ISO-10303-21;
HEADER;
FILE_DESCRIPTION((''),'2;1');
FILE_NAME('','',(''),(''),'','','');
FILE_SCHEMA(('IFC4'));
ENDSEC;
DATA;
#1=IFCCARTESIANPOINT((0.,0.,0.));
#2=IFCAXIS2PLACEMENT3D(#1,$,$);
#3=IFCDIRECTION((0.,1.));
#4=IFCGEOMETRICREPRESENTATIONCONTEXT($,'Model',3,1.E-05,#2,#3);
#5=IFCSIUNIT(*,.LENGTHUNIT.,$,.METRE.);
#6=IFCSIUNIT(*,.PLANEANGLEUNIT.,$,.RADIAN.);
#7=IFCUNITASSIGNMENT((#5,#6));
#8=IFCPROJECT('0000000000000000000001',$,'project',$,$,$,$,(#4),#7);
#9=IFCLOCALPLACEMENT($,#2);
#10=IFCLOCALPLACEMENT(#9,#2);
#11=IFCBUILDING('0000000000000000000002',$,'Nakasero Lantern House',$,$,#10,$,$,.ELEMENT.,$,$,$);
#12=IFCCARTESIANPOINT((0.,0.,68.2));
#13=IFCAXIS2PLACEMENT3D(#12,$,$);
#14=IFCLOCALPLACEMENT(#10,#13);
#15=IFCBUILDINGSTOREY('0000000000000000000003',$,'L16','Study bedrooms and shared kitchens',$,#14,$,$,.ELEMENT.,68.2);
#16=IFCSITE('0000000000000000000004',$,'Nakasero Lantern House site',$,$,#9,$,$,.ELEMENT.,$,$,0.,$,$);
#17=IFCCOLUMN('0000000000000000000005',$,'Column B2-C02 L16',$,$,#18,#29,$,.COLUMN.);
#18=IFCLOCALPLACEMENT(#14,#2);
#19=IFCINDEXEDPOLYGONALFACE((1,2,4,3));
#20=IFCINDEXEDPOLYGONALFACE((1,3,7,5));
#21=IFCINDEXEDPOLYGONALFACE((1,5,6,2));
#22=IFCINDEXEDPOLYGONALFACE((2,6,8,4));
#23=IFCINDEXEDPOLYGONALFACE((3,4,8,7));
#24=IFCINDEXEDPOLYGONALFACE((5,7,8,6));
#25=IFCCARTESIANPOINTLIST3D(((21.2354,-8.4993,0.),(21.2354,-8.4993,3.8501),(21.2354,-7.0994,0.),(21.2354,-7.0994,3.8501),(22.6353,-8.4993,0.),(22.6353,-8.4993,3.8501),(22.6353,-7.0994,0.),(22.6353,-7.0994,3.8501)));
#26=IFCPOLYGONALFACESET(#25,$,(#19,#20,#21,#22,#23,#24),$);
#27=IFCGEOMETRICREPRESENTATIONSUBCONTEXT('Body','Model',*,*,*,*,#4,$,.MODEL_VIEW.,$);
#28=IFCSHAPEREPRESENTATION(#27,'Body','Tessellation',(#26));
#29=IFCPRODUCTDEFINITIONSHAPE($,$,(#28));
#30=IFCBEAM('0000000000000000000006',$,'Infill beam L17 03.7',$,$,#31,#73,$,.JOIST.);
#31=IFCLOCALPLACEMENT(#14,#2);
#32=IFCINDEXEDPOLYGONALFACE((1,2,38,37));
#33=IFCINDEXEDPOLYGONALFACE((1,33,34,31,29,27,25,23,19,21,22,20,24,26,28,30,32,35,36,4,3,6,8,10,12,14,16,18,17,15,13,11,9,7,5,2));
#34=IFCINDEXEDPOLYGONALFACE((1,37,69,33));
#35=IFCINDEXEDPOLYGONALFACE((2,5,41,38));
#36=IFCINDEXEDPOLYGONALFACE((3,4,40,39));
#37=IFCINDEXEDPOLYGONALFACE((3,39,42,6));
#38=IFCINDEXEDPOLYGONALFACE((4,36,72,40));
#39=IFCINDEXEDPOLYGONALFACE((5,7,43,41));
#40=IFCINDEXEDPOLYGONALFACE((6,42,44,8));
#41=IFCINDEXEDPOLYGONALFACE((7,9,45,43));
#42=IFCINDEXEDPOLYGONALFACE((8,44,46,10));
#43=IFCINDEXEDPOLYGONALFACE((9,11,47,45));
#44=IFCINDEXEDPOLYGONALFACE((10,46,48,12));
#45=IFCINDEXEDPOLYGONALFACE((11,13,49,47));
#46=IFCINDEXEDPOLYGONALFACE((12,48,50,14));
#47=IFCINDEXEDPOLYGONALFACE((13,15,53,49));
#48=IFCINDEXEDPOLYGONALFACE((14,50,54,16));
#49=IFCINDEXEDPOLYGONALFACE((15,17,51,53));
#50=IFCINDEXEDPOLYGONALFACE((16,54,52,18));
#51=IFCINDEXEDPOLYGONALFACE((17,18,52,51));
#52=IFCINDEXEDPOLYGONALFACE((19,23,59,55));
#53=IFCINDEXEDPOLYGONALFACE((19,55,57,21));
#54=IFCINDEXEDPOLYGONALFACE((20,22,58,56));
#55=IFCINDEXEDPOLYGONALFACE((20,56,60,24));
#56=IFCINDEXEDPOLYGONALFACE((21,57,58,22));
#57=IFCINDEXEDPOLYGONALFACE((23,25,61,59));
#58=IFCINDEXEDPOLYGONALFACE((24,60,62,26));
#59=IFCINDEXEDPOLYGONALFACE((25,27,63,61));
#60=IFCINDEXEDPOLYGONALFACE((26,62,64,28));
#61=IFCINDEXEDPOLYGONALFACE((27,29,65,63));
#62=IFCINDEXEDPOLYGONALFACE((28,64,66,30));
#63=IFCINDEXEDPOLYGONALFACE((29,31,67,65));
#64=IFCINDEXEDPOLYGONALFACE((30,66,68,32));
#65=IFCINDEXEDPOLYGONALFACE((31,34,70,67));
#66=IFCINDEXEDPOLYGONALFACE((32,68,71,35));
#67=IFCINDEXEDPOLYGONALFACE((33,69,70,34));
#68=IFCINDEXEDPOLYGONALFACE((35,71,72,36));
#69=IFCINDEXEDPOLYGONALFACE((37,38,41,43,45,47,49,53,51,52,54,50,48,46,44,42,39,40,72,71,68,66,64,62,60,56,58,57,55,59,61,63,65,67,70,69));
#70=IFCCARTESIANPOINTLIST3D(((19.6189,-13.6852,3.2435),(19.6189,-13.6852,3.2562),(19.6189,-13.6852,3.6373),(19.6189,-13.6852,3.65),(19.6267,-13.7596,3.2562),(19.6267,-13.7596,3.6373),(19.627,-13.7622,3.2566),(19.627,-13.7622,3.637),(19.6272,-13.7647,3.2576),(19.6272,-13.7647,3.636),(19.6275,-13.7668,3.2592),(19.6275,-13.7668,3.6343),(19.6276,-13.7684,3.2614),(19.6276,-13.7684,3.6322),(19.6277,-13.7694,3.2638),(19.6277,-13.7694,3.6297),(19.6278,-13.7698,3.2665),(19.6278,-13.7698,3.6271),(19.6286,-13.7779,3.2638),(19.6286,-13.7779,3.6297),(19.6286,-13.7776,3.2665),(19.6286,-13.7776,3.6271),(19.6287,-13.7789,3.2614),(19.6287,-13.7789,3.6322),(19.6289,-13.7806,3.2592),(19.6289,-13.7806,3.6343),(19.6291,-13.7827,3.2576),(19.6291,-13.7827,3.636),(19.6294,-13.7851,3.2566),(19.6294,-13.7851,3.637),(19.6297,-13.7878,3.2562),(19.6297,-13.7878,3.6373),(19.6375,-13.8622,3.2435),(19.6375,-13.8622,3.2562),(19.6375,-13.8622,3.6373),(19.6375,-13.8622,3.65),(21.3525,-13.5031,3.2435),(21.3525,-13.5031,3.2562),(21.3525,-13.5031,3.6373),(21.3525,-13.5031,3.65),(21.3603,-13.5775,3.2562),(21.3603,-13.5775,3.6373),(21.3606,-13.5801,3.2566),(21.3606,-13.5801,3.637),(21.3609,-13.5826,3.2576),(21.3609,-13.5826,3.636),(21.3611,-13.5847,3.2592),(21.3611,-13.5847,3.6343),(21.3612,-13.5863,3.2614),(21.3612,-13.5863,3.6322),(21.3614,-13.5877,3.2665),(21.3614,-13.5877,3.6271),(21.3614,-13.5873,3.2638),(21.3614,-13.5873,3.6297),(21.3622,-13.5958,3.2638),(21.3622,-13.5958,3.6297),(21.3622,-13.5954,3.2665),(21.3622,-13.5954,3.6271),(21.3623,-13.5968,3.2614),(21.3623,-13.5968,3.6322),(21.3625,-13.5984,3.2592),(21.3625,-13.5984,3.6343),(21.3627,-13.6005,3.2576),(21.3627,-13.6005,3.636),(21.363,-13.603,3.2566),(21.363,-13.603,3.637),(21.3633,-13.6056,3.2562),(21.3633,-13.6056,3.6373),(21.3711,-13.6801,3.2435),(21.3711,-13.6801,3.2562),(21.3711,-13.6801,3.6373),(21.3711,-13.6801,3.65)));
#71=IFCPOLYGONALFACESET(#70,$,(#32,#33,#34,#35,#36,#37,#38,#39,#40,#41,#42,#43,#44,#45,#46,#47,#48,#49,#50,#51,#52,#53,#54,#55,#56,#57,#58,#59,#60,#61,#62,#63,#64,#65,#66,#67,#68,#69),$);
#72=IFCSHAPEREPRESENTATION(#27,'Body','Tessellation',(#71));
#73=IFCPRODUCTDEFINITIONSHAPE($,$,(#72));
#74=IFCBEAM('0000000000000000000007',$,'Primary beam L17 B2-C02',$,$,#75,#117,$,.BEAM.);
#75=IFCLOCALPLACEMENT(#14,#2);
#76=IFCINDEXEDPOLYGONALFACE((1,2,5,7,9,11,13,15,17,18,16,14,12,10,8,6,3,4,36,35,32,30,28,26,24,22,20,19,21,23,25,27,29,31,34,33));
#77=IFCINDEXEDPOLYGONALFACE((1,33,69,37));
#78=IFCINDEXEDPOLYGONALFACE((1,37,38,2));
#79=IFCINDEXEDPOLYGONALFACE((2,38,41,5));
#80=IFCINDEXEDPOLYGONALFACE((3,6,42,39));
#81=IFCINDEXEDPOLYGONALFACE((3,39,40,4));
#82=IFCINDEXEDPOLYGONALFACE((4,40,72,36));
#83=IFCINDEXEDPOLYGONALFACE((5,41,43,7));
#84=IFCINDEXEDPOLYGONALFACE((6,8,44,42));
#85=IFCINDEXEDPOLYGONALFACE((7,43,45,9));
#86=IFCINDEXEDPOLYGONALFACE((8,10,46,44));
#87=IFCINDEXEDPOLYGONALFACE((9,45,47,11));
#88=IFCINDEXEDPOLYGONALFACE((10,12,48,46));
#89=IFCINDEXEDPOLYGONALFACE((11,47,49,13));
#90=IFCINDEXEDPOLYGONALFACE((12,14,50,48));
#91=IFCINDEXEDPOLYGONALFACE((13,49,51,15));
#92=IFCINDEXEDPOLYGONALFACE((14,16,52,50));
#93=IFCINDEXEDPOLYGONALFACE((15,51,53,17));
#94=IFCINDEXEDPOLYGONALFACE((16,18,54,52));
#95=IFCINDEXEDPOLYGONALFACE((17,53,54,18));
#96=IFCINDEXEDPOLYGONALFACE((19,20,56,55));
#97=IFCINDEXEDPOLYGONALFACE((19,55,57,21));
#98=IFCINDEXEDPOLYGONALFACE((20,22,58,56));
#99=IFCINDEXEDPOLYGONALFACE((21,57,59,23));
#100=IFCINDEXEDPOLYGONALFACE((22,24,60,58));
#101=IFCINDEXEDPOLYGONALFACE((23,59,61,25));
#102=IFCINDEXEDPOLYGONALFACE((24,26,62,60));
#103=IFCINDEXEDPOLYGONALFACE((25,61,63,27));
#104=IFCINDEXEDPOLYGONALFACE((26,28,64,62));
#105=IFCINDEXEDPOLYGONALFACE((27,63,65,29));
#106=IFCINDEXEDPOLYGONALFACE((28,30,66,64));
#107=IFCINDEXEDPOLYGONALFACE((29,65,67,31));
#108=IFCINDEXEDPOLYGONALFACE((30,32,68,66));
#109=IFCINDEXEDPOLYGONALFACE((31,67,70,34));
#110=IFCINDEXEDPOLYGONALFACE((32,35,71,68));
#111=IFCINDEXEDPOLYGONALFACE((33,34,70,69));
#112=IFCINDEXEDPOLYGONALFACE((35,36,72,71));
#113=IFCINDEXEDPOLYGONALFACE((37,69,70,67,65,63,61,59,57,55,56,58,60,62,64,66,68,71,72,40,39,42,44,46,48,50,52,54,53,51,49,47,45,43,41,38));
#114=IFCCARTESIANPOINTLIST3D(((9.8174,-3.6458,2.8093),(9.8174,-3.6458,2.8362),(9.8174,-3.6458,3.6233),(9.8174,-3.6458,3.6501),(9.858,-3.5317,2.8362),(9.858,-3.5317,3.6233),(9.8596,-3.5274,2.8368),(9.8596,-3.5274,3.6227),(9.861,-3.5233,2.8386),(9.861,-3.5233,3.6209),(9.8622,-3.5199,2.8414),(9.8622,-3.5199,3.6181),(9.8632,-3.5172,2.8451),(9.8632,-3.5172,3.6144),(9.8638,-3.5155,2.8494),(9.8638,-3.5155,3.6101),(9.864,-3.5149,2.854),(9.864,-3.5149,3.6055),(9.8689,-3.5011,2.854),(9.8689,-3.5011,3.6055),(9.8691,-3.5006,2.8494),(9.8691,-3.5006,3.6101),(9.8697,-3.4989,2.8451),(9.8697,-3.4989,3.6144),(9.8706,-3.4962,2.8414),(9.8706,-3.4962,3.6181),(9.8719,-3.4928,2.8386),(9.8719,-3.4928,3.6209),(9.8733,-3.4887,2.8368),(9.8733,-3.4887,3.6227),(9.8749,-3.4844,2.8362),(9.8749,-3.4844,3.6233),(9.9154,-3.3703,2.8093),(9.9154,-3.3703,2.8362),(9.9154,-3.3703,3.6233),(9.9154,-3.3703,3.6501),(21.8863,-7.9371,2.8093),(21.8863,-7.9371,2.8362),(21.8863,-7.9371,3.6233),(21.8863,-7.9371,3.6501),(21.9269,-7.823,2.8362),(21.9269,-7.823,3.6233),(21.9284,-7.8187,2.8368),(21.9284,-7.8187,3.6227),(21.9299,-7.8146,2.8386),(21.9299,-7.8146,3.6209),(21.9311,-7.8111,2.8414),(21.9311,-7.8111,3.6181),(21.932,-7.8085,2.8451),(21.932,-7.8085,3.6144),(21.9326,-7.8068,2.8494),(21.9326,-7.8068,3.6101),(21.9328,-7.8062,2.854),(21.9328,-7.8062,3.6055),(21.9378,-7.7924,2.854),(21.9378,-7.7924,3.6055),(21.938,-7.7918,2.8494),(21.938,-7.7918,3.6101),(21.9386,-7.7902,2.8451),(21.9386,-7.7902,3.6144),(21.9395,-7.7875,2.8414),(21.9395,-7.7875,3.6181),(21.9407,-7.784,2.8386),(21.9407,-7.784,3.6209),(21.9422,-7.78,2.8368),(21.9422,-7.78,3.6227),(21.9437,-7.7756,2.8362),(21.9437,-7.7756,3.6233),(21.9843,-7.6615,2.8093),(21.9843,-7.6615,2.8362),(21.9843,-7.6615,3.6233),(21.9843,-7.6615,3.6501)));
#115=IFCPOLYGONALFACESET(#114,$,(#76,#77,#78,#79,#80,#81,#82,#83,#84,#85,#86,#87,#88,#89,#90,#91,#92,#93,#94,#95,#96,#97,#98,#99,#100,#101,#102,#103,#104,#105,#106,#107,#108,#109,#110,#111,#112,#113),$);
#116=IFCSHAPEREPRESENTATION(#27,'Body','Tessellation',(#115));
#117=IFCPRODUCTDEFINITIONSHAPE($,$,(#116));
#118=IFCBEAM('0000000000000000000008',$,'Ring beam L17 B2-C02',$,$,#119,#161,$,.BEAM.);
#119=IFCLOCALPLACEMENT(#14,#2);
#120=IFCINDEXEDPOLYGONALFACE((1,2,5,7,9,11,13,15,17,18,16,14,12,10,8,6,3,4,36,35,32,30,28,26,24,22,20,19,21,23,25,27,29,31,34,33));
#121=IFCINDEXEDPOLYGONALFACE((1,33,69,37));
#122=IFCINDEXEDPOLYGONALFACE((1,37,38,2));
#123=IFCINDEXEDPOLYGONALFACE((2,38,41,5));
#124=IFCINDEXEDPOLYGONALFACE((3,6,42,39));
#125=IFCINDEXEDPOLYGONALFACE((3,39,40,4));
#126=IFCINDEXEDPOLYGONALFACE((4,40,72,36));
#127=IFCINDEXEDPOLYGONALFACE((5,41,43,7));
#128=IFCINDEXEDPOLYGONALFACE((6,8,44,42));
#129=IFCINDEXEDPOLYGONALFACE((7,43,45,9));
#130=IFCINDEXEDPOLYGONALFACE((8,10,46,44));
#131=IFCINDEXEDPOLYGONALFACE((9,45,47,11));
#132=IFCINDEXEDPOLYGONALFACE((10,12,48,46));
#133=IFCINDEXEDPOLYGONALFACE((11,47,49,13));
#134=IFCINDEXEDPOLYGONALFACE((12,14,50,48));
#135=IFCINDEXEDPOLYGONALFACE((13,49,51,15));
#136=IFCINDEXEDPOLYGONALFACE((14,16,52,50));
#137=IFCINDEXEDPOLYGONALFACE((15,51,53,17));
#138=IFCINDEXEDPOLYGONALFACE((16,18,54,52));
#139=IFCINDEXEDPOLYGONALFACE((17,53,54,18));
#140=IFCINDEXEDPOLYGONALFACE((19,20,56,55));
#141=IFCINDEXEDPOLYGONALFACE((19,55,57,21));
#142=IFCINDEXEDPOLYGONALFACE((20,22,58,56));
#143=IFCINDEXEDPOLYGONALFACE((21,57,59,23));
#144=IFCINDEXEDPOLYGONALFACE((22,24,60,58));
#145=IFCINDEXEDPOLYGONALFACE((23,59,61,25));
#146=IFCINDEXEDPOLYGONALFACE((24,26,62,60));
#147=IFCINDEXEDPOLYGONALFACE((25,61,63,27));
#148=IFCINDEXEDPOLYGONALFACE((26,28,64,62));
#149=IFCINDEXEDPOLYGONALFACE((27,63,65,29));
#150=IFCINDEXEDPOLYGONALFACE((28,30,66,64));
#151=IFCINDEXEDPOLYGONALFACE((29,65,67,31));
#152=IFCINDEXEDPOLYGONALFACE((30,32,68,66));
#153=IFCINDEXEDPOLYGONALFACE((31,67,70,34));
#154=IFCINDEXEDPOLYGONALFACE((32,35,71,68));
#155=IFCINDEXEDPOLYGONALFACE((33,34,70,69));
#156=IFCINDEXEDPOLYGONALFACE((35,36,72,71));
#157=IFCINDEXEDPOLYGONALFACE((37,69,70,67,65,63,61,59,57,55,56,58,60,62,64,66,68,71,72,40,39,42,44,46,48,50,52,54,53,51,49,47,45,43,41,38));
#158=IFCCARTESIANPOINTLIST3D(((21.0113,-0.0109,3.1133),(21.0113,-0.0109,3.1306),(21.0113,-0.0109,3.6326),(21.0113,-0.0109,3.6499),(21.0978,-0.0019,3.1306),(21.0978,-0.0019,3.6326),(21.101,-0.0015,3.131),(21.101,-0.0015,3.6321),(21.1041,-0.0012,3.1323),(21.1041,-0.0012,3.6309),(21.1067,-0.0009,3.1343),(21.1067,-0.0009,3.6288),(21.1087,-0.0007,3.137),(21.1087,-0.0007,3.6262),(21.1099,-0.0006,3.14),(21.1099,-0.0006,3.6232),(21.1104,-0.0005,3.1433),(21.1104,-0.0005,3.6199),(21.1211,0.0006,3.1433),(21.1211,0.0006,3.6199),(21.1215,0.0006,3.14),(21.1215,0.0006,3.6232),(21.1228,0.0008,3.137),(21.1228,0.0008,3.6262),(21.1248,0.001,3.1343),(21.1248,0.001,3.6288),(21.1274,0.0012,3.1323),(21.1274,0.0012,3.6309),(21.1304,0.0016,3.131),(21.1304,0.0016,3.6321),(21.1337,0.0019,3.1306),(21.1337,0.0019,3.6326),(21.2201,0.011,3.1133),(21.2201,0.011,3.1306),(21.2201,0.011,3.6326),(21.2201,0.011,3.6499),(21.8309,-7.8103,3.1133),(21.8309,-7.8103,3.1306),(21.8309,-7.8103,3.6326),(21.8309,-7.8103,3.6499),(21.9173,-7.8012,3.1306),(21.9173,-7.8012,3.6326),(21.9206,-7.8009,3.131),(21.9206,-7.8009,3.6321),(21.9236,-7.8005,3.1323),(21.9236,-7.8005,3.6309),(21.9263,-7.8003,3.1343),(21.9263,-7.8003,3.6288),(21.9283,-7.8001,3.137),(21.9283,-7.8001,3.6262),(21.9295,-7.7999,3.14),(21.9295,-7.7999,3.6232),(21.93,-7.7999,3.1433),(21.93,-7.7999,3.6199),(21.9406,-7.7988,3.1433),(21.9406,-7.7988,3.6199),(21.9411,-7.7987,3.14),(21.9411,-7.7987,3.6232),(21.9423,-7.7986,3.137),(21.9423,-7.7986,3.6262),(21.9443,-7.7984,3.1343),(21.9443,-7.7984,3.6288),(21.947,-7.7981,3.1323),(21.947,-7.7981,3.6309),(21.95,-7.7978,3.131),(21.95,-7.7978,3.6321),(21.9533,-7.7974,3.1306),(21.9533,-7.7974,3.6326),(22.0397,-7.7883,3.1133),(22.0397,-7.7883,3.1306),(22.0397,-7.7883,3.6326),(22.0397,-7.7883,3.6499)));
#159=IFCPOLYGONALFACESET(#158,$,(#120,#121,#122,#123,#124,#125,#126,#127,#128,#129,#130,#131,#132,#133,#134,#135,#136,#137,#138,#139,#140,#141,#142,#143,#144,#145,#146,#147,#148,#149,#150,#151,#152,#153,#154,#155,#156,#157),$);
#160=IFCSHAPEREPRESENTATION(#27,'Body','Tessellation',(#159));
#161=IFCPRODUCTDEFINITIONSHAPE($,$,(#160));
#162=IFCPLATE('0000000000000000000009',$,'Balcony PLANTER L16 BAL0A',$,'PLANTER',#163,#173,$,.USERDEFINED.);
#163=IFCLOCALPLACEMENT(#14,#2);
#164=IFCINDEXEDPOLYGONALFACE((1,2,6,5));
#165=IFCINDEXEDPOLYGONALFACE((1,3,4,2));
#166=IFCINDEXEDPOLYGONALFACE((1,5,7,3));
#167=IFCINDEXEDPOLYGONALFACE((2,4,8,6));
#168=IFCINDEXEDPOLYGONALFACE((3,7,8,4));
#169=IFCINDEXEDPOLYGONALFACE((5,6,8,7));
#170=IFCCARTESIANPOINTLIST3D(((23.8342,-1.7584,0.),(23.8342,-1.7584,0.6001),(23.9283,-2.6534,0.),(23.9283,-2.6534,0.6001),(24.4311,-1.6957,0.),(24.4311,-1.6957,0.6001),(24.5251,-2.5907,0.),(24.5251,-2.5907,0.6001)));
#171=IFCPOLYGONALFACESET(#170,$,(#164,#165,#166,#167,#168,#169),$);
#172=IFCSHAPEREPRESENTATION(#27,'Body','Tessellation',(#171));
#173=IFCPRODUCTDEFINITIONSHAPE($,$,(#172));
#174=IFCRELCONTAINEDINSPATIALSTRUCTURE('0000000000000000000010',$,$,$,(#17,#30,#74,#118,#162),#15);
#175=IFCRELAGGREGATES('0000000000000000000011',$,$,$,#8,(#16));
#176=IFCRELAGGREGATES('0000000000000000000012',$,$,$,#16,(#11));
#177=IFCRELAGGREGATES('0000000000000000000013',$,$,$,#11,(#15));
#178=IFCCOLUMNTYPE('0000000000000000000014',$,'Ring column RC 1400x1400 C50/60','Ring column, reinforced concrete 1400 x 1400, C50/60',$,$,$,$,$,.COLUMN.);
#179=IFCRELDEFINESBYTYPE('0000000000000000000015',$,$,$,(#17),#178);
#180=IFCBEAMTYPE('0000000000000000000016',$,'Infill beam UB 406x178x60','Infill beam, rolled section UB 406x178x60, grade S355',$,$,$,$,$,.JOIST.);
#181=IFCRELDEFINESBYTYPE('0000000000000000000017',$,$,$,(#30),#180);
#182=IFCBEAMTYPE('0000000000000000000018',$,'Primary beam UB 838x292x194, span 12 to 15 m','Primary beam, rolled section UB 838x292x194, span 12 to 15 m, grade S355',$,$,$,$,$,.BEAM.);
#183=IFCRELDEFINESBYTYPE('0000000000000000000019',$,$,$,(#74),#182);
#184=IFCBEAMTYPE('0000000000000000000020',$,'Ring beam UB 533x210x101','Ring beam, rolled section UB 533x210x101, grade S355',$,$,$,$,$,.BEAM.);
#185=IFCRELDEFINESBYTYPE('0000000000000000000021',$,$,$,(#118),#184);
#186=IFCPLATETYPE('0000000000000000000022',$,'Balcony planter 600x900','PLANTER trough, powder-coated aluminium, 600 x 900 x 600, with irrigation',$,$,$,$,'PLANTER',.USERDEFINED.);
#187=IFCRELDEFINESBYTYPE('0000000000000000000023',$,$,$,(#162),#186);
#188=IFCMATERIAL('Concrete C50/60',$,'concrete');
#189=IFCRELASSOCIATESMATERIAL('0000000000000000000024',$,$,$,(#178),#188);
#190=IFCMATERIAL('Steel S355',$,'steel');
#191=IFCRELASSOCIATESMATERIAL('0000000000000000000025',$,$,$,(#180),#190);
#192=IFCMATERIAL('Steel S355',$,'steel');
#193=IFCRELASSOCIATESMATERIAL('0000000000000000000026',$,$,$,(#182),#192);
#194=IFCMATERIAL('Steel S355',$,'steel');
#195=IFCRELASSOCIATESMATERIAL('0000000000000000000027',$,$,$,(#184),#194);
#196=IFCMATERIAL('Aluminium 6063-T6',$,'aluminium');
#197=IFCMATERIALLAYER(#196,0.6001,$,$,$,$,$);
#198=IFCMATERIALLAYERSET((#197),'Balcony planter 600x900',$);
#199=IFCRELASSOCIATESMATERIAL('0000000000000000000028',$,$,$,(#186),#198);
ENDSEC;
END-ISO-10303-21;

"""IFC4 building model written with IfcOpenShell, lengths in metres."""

from ifc_helpers import new_model, si_unit, direction, frame, origin, origin_2d, place, context, subcontext, project, spatial, rectangle, i_section, extrude, material, layer, layer_set, material_profile, profile_set, type_object, element, save


model = new_model("IFC4")

# Units and contexts
model_context = context("Model", 3, precision=1e-05, world=origin(), true_north=direction((0.0, 1.0)))
body_context = subcontext(model_context, "Body", "Model", "MODEL_VIEW")
ifc_project = project(units=[si_unit("LENGTHUNIT", "METRE"), si_unit("PLANEANGLEUNIT", "RADIAN")], contexts=[model_context])

# Site, building, storey
site_placement = place(None, origin())
site = spatial("IfcSite", under=ifc_project, at=site_placement, Name="Nakasero Lantern House site", CompositionType="ELEMENT", RefElevation=0.0)
building_placement = place(site_placement, origin())
building = spatial("IfcBuilding", under=site, at=building_placement, Name="Nakasero Lantern House", CompositionType="ELEMENT")
storey_placement = place(building_placement, frame((0.0, 0.0, 68.2)))
storey = spatial("IfcBuildingStorey", under=building, at=storey_placement, Name="L16", Description="Study bedrooms and shared kitchens", CompositionType="ELEMENT", Elevation=68.2)

# Column
ifc_material_1 = material(Name="Concrete C50/60", Category="concrete")
ifc_material_profile_1 = material_profile(ifc_material_1, rectangle(XDim=1.3999, YDim=1.3999, at=origin_2d()), Name="RC 1400x1400")
ifc_profile_set_1 = profile_set([ifc_material_profile_1], Name="Concrete C50/60")
column_type = type_object("IfcColumnType", Name="Ring column RC 1400x1400 C50/60", Description="Ring column, reinforced concrete 1400 x 1400, C50/60", PredefinedType="COLUMN", material=ifc_profile_set_1)
column_placement = place(storey_placement, frame((21.9353, -7.7993, 0.0), z_axis=(0.0, 0.0, 1.0), x_axis=(1.0, 0.0, 0.0)))
element("IfcColumn", 1, at=column_placement, inside=storey, type_object=column_type, Name="Column B2-C02 L16", PredefinedType="COLUMN", context=body_context, shape_type="SweptSolid", body=[
    extrude(rectangle(XDim=1.3999, YDim=1.3999, at=origin_2d()), origin(), (0.0, 0.0, 1.0), 3.8501),
])

# Beams
ifc_material_2 = material(Name="Steel S355", Category="steel")
ifc_material_profile_2 = material_profile(ifc_material_2, i_section(OverallWidth=0.178, OverallDepth=0.4065, WebThickness=0.0078, FlangeThickness=0.0127, FilletRadius=0.0103, at=origin_2d()), Name="UB 406x178x60")
ifc_profile_set_2 = profile_set([ifc_material_profile_2], Name="Steel S355")
beam_type_1 = type_object("IfcBeamType", Name="Infill beam UB 406x178x60", Description="Infill beam, rolled section UB 406x178x60, grade S355", PredefinedType="JOIST", material=ifc_profile_set_2)
beam_1_placement = place(storey_placement, frame((19.6282, -13.7737, 3.4468), z_axis=(0.994527, 0.104481, 0.0), x_axis=(-0.104481, 0.994527, 0.0)))
element("IfcBeam", 2, at=beam_1_placement, inside=storey, type_object=beam_type_1, Name="Infill beam L17 03.7", PredefinedType="JOIST", context=body_context, shape_type="SweptSolid", body=[
    extrude(i_section(OverallWidth=0.178, OverallDepth=0.4065, WebThickness=0.0078, FlangeThickness=0.0127, FilletRadius=0.0103, at=origin_2d()), origin(), (0.0, 0.0, 1.0), 1.7432),
])
ifc_material_3 = material(Name="Steel S355", Category="steel")
ifc_material_profile_3 = material_profile(ifc_material_3, i_section(OverallWidth=0.2925, OverallDepth=0.8408, WebThickness=0.0146, FlangeThickness=0.0269, FilletRadius=0.0178, at=origin_2d()), Name="UB 838x292x194")
ifc_profile_set_3 = profile_set([ifc_material_profile_3], Name="Steel S355")
beam_type_2 = type_object("IfcBeamType", Name="Primary beam UB 838x292x194, span 12 to 15 m", Description="Primary beam, rolled section UB 838x292x194, span 12 to 15 m, grade S355", PredefinedType="BEAM", material=ifc_profile_set_3)
beam_2_placement = place(storey_placement, frame((21.9353, -7.7993, 3.2297), z_axis=(-0.942212, 0.335018, 0.0), x_axis=(-0.335018, -0.942212, 0.0)))
element("IfcBeam", 3, at=beam_2_placement, inside=storey, type_object=beam_type_2, Name="Primary beam L17 B2-C02", PredefinedType="BEAM", context=body_context, shape_type="SweptSolid", body=[
    extrude(i_section(OverallWidth=0.2925, OverallDepth=0.8408, WebThickness=0.0146, FlangeThickness=0.0269, FilletRadius=0.0178, at=origin_2d()), origin(), (0.0, 0.0, 1.0), 12.8091),
])
ifc_material_4 = material(Name="Steel S355", Category="steel")
ifc_material_profile_4 = material_profile(ifc_material_4, i_section(OverallWidth=0.21, OverallDepth=0.5366, WebThickness=0.0107, FlangeThickness=0.0173, FilletRadius=0.0127, at=origin_2d()), Name="UB 533x210x101")
ifc_profile_set_4 = profile_set([ifc_material_profile_4], Name="Steel S355")
beam_type_3 = type_object("IfcBeamType", Name="Ring beam UB 533x210x101", Description="Ring beam, rolled section UB 533x210x101, grade S355", PredefinedType="BEAM", material=ifc_profile_set_4)
beam_3_placement = place(storey_placement, frame((21.9353, -7.7993, 3.3816), z_axis=(-0.104508, 0.994524, 0.0), x_axis=(-0.994524, -0.104508, 0.0)))
element("IfcBeam", 4, at=beam_3_placement, inside=storey, type_object=beam_type_3, Name="Ring beam L17 B2-C02", PredefinedType="BEAM", context=body_context, shape_type="SweptSolid", body=[
    extrude(i_section(OverallWidth=0.21, OverallDepth=0.5366, WebThickness=0.0107, FlangeThickness=0.0173, FilletRadius=0.0127, at=origin_2d()), origin(), (0.0, 0.0, 1.0), 7.8423),
])

# Plate
ifc_material_5 = material(Name="Aluminium 6063-T6", Category="aluminium")
ifc_layer_1 = layer(ifc_material_5, 0.6001)
ifc_layer_set_1 = layer_set([ifc_layer_1], Name="Balcony planter 600x900")
plate_type_1 = type_object("IfcPlateType", Name="Balcony planter 600x900", Description="PLANTER trough, powder-coated aluminium, 600 x 900 x 600, with irrigation", ElementType="PLANTER", PredefinedType="USERDEFINED", material=ifc_layer_set_1)
plate_1_placement = place(storey_placement, frame((24.1797, -2.1746, 0.0), z_axis=(0.0, 0.0, 1.0), x_axis=(0.994522, 0.104528, 0.0)))
element("IfcPlate", 5, at=plate_1_placement, inside=storey, type_object=plate_type_1, Name="Balcony PLANTER L16 BAL0A", ObjectType="PLANTER", PredefinedType="USERDEFINED", context=body_context, shape_type="SweptSolid", body=[
    extrude(rectangle(XDim=0.6001, YDim=0.8999, at=origin_2d()), origin(), (0.0, 0.0, 1.0), 0.6001),
])

save(model, "model.ifc")
